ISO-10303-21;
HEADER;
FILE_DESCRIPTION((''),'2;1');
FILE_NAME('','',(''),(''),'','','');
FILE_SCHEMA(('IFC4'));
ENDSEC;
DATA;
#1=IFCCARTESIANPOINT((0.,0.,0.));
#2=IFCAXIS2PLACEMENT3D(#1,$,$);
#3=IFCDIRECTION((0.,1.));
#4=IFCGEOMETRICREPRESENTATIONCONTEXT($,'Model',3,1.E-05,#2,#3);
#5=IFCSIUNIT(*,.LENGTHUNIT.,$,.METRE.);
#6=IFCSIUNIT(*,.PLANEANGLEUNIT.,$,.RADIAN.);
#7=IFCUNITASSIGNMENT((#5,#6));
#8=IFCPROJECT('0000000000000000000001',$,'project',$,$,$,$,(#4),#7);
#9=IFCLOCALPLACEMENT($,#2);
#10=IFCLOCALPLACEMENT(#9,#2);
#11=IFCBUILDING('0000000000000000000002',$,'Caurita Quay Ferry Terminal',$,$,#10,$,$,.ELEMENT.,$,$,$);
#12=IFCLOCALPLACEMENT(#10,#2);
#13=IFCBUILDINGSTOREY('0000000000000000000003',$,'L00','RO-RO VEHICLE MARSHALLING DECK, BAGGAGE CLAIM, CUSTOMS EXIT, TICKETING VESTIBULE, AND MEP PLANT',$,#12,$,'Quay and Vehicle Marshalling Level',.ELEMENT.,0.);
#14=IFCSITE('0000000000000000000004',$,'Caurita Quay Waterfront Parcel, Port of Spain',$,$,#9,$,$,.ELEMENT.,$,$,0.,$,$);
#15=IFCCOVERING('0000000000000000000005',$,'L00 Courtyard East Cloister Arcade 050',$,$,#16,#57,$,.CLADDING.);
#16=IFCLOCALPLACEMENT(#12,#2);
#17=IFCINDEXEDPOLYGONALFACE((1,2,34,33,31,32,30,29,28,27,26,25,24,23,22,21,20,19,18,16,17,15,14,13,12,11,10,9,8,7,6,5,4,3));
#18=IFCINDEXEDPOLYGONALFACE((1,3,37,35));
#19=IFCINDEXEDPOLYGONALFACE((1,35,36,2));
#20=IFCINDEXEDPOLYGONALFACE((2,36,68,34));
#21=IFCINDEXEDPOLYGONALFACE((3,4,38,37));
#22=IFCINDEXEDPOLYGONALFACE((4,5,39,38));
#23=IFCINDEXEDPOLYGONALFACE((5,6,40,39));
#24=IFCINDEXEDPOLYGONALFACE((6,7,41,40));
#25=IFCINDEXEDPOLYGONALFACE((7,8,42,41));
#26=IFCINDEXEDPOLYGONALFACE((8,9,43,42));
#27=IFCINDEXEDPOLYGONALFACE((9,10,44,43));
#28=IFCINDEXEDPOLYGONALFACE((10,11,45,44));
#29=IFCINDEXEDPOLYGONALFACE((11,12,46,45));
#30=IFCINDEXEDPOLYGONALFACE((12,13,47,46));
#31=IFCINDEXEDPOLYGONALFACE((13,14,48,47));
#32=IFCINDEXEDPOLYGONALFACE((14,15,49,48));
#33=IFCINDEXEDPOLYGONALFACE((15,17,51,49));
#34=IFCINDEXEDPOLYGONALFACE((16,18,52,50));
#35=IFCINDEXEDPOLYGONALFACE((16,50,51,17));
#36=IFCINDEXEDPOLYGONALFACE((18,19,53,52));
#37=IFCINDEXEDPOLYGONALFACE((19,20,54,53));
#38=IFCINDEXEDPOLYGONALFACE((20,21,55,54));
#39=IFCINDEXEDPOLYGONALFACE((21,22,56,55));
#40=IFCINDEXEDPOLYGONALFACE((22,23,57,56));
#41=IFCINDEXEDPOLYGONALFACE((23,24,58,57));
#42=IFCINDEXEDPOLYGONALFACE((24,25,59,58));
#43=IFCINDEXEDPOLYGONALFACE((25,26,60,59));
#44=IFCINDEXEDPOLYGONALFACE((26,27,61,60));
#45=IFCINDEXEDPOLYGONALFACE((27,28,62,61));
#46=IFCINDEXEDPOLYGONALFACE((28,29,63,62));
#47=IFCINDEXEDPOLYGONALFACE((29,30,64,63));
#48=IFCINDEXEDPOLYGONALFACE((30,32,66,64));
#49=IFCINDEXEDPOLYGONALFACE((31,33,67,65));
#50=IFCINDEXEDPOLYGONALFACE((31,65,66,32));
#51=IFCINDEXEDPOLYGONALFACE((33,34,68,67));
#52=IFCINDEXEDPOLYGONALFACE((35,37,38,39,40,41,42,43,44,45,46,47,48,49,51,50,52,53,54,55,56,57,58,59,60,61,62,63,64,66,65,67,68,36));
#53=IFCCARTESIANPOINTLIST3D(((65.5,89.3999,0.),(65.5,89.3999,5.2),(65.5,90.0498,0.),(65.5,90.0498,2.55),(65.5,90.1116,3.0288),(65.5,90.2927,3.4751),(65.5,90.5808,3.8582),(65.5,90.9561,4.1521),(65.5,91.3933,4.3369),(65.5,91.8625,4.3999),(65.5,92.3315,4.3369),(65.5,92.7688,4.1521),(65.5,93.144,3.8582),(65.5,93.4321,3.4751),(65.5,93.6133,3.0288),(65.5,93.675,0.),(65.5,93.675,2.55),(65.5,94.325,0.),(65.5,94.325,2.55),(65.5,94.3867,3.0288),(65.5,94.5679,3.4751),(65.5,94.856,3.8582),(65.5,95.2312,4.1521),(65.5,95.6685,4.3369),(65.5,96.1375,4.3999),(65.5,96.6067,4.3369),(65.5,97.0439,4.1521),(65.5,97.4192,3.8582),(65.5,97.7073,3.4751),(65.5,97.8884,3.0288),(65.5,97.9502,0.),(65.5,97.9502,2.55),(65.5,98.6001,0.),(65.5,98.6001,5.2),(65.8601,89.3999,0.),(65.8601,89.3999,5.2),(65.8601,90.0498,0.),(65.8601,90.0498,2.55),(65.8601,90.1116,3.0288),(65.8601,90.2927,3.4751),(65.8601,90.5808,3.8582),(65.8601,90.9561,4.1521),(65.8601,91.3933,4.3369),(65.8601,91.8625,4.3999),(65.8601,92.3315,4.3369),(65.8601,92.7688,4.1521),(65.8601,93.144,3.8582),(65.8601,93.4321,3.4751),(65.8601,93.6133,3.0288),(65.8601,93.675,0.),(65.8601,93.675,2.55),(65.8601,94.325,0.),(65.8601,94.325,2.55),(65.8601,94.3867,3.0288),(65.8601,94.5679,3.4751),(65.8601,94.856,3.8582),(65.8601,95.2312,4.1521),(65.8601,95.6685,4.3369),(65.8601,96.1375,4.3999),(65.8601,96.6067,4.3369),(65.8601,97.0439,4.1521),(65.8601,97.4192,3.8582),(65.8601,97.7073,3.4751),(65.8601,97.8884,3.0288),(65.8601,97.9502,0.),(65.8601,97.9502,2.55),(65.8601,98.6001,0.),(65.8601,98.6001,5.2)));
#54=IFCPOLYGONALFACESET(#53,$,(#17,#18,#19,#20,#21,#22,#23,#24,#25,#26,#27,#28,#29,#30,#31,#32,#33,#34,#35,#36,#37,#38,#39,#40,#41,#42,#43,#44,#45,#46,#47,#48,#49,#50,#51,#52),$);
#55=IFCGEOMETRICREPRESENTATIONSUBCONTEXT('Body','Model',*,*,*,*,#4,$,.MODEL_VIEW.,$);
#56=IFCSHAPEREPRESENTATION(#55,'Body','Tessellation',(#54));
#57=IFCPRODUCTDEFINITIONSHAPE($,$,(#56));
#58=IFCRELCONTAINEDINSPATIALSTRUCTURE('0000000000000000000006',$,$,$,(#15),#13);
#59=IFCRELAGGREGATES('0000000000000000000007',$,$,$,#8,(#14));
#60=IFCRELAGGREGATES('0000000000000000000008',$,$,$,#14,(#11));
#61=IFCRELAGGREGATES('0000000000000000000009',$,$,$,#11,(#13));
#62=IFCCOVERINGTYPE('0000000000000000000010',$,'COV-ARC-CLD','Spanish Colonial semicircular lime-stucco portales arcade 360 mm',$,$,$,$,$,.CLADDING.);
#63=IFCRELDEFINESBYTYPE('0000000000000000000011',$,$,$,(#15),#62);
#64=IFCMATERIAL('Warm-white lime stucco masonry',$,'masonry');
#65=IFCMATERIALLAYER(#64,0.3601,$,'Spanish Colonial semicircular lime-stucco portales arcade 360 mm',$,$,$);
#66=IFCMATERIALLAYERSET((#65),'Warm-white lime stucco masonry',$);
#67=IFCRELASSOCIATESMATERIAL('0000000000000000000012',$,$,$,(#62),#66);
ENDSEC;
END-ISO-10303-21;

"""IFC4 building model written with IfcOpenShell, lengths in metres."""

from ifc_helpers import new_model, si_unit, direction, frame, origin, place, context, subcontext, project, spatial, polyline, outline, extrude, material, layer, layer_set, type_object, element, save


model = new_model("IFC4")

# Units and contexts
model_context = context("Model", 3, precision=1e-05, world=origin(), true_north=direction((0.0, 1.0)))
body_context = subcontext(model_context, "Body", "Model", "MODEL_VIEW")
ifc_project = project(units=[si_unit("LENGTHUNIT", "METRE"), si_unit("PLANEANGLEUNIT", "RADIAN")], contexts=[model_context])

# Site, building, storey
site_placement = place(None, origin())
site = spatial("IfcSite", under=ifc_project, at=site_placement, Name="Caurita Quay Waterfront Parcel, Port of Spain", CompositionType="ELEMENT", RefElevation=0.0)
building_placement = place(site_placement, origin())
building = spatial("IfcBuilding", under=site, at=building_placement, Name="Caurita Quay Ferry Terminal", CompositionType="ELEMENT")
storey_placement = place(building_placement, origin())
storey = spatial("IfcBuildingStorey", under=building, at=storey_placement, Name="L00", Description="RO-RO VEHICLE MARSHALLING DECK, BAGGAGE CLAIM, CUSTOMS EXIT, TICKETING VESTIBULE, AND MEP PLANT", LongName="Quay and Vehicle Marshalling Level", CompositionType="ELEMENT", Elevation=0.0)

# Shared definitions
ifc_material_1 = material(Name="Warm-white lime stucco masonry", Category="masonry")

# Covering
ifc_layer_1 = layer(ifc_material_1, 0.3601, Name="Spanish Colonial semicircular lime-stucco portales arcade 360 mm")
ifc_layer_set_1 = layer_set([ifc_layer_1], Name="Warm-white lime stucco masonry")
covering_type = type_object("IfcCoveringType", Name="COV-ARC-CLD", Description="Spanish Colonial semicircular lime-stucco portales arcade 360 mm", PredefinedType="CLADDING", material=ifc_layer_set_1)
covering_1_placement = place(storey_placement, frame((65.6799, 98.6001, 0.0), z_axis=(0.0, 0.0, 1.0), x_axis=(0.0, -1.0, 0.0)))
element("IfcCovering", 1, at=covering_1_placement, inside=storey, type_object=covering_type, Name="L00 Courtyard East Cloister Arcade 050", PredefinedType="CLADDING", context=body_context, shape_type="SweptSolid", body=[
    extrude(outline(polyline([(0.0, 0.0), (0.6499, 0.0), (0.6499, 2.55), (0.7117, 3.0288), (0.8928, 3.4751), (1.1809, 3.8582), (1.5562, 4.1521), (1.9934, 4.3369), (2.4626, 4.3999), (2.9316, 4.3369), (3.3689, 4.1521), (3.7441, 3.8582), (4.0322, 3.4751), (4.2134, 3.0288), (4.2751, 2.55), (4.2751, 0.0), (4.925, 0.0), (4.925, 2.55), (4.9868, 3.0288), (5.168, 3.4751), (5.4561, 3.8582), (5.8313, 4.1521), (6.2686, 4.3369), (6.7375, 4.3999), (7.2068, 4.3369), (7.644, 4.1521), (8.0193, 3.8582), (8.3074, 3.4751), (8.4885, 3.0288), (8.5503, 2.55), (8.5503, 0.0), (9.2002, 0.0), (9.2002, 5.2), (0.0, 5.2), (0.0, 0.0)])), frame((0.0, 0.1802, 0.0), z_axis=(0.0, -1.0, 0.0), x_axis=(1.0, 0.0, 0.0)), (0.0, 0.0, 1.0), 0.3601),
])

save(model, "model.ifc")
